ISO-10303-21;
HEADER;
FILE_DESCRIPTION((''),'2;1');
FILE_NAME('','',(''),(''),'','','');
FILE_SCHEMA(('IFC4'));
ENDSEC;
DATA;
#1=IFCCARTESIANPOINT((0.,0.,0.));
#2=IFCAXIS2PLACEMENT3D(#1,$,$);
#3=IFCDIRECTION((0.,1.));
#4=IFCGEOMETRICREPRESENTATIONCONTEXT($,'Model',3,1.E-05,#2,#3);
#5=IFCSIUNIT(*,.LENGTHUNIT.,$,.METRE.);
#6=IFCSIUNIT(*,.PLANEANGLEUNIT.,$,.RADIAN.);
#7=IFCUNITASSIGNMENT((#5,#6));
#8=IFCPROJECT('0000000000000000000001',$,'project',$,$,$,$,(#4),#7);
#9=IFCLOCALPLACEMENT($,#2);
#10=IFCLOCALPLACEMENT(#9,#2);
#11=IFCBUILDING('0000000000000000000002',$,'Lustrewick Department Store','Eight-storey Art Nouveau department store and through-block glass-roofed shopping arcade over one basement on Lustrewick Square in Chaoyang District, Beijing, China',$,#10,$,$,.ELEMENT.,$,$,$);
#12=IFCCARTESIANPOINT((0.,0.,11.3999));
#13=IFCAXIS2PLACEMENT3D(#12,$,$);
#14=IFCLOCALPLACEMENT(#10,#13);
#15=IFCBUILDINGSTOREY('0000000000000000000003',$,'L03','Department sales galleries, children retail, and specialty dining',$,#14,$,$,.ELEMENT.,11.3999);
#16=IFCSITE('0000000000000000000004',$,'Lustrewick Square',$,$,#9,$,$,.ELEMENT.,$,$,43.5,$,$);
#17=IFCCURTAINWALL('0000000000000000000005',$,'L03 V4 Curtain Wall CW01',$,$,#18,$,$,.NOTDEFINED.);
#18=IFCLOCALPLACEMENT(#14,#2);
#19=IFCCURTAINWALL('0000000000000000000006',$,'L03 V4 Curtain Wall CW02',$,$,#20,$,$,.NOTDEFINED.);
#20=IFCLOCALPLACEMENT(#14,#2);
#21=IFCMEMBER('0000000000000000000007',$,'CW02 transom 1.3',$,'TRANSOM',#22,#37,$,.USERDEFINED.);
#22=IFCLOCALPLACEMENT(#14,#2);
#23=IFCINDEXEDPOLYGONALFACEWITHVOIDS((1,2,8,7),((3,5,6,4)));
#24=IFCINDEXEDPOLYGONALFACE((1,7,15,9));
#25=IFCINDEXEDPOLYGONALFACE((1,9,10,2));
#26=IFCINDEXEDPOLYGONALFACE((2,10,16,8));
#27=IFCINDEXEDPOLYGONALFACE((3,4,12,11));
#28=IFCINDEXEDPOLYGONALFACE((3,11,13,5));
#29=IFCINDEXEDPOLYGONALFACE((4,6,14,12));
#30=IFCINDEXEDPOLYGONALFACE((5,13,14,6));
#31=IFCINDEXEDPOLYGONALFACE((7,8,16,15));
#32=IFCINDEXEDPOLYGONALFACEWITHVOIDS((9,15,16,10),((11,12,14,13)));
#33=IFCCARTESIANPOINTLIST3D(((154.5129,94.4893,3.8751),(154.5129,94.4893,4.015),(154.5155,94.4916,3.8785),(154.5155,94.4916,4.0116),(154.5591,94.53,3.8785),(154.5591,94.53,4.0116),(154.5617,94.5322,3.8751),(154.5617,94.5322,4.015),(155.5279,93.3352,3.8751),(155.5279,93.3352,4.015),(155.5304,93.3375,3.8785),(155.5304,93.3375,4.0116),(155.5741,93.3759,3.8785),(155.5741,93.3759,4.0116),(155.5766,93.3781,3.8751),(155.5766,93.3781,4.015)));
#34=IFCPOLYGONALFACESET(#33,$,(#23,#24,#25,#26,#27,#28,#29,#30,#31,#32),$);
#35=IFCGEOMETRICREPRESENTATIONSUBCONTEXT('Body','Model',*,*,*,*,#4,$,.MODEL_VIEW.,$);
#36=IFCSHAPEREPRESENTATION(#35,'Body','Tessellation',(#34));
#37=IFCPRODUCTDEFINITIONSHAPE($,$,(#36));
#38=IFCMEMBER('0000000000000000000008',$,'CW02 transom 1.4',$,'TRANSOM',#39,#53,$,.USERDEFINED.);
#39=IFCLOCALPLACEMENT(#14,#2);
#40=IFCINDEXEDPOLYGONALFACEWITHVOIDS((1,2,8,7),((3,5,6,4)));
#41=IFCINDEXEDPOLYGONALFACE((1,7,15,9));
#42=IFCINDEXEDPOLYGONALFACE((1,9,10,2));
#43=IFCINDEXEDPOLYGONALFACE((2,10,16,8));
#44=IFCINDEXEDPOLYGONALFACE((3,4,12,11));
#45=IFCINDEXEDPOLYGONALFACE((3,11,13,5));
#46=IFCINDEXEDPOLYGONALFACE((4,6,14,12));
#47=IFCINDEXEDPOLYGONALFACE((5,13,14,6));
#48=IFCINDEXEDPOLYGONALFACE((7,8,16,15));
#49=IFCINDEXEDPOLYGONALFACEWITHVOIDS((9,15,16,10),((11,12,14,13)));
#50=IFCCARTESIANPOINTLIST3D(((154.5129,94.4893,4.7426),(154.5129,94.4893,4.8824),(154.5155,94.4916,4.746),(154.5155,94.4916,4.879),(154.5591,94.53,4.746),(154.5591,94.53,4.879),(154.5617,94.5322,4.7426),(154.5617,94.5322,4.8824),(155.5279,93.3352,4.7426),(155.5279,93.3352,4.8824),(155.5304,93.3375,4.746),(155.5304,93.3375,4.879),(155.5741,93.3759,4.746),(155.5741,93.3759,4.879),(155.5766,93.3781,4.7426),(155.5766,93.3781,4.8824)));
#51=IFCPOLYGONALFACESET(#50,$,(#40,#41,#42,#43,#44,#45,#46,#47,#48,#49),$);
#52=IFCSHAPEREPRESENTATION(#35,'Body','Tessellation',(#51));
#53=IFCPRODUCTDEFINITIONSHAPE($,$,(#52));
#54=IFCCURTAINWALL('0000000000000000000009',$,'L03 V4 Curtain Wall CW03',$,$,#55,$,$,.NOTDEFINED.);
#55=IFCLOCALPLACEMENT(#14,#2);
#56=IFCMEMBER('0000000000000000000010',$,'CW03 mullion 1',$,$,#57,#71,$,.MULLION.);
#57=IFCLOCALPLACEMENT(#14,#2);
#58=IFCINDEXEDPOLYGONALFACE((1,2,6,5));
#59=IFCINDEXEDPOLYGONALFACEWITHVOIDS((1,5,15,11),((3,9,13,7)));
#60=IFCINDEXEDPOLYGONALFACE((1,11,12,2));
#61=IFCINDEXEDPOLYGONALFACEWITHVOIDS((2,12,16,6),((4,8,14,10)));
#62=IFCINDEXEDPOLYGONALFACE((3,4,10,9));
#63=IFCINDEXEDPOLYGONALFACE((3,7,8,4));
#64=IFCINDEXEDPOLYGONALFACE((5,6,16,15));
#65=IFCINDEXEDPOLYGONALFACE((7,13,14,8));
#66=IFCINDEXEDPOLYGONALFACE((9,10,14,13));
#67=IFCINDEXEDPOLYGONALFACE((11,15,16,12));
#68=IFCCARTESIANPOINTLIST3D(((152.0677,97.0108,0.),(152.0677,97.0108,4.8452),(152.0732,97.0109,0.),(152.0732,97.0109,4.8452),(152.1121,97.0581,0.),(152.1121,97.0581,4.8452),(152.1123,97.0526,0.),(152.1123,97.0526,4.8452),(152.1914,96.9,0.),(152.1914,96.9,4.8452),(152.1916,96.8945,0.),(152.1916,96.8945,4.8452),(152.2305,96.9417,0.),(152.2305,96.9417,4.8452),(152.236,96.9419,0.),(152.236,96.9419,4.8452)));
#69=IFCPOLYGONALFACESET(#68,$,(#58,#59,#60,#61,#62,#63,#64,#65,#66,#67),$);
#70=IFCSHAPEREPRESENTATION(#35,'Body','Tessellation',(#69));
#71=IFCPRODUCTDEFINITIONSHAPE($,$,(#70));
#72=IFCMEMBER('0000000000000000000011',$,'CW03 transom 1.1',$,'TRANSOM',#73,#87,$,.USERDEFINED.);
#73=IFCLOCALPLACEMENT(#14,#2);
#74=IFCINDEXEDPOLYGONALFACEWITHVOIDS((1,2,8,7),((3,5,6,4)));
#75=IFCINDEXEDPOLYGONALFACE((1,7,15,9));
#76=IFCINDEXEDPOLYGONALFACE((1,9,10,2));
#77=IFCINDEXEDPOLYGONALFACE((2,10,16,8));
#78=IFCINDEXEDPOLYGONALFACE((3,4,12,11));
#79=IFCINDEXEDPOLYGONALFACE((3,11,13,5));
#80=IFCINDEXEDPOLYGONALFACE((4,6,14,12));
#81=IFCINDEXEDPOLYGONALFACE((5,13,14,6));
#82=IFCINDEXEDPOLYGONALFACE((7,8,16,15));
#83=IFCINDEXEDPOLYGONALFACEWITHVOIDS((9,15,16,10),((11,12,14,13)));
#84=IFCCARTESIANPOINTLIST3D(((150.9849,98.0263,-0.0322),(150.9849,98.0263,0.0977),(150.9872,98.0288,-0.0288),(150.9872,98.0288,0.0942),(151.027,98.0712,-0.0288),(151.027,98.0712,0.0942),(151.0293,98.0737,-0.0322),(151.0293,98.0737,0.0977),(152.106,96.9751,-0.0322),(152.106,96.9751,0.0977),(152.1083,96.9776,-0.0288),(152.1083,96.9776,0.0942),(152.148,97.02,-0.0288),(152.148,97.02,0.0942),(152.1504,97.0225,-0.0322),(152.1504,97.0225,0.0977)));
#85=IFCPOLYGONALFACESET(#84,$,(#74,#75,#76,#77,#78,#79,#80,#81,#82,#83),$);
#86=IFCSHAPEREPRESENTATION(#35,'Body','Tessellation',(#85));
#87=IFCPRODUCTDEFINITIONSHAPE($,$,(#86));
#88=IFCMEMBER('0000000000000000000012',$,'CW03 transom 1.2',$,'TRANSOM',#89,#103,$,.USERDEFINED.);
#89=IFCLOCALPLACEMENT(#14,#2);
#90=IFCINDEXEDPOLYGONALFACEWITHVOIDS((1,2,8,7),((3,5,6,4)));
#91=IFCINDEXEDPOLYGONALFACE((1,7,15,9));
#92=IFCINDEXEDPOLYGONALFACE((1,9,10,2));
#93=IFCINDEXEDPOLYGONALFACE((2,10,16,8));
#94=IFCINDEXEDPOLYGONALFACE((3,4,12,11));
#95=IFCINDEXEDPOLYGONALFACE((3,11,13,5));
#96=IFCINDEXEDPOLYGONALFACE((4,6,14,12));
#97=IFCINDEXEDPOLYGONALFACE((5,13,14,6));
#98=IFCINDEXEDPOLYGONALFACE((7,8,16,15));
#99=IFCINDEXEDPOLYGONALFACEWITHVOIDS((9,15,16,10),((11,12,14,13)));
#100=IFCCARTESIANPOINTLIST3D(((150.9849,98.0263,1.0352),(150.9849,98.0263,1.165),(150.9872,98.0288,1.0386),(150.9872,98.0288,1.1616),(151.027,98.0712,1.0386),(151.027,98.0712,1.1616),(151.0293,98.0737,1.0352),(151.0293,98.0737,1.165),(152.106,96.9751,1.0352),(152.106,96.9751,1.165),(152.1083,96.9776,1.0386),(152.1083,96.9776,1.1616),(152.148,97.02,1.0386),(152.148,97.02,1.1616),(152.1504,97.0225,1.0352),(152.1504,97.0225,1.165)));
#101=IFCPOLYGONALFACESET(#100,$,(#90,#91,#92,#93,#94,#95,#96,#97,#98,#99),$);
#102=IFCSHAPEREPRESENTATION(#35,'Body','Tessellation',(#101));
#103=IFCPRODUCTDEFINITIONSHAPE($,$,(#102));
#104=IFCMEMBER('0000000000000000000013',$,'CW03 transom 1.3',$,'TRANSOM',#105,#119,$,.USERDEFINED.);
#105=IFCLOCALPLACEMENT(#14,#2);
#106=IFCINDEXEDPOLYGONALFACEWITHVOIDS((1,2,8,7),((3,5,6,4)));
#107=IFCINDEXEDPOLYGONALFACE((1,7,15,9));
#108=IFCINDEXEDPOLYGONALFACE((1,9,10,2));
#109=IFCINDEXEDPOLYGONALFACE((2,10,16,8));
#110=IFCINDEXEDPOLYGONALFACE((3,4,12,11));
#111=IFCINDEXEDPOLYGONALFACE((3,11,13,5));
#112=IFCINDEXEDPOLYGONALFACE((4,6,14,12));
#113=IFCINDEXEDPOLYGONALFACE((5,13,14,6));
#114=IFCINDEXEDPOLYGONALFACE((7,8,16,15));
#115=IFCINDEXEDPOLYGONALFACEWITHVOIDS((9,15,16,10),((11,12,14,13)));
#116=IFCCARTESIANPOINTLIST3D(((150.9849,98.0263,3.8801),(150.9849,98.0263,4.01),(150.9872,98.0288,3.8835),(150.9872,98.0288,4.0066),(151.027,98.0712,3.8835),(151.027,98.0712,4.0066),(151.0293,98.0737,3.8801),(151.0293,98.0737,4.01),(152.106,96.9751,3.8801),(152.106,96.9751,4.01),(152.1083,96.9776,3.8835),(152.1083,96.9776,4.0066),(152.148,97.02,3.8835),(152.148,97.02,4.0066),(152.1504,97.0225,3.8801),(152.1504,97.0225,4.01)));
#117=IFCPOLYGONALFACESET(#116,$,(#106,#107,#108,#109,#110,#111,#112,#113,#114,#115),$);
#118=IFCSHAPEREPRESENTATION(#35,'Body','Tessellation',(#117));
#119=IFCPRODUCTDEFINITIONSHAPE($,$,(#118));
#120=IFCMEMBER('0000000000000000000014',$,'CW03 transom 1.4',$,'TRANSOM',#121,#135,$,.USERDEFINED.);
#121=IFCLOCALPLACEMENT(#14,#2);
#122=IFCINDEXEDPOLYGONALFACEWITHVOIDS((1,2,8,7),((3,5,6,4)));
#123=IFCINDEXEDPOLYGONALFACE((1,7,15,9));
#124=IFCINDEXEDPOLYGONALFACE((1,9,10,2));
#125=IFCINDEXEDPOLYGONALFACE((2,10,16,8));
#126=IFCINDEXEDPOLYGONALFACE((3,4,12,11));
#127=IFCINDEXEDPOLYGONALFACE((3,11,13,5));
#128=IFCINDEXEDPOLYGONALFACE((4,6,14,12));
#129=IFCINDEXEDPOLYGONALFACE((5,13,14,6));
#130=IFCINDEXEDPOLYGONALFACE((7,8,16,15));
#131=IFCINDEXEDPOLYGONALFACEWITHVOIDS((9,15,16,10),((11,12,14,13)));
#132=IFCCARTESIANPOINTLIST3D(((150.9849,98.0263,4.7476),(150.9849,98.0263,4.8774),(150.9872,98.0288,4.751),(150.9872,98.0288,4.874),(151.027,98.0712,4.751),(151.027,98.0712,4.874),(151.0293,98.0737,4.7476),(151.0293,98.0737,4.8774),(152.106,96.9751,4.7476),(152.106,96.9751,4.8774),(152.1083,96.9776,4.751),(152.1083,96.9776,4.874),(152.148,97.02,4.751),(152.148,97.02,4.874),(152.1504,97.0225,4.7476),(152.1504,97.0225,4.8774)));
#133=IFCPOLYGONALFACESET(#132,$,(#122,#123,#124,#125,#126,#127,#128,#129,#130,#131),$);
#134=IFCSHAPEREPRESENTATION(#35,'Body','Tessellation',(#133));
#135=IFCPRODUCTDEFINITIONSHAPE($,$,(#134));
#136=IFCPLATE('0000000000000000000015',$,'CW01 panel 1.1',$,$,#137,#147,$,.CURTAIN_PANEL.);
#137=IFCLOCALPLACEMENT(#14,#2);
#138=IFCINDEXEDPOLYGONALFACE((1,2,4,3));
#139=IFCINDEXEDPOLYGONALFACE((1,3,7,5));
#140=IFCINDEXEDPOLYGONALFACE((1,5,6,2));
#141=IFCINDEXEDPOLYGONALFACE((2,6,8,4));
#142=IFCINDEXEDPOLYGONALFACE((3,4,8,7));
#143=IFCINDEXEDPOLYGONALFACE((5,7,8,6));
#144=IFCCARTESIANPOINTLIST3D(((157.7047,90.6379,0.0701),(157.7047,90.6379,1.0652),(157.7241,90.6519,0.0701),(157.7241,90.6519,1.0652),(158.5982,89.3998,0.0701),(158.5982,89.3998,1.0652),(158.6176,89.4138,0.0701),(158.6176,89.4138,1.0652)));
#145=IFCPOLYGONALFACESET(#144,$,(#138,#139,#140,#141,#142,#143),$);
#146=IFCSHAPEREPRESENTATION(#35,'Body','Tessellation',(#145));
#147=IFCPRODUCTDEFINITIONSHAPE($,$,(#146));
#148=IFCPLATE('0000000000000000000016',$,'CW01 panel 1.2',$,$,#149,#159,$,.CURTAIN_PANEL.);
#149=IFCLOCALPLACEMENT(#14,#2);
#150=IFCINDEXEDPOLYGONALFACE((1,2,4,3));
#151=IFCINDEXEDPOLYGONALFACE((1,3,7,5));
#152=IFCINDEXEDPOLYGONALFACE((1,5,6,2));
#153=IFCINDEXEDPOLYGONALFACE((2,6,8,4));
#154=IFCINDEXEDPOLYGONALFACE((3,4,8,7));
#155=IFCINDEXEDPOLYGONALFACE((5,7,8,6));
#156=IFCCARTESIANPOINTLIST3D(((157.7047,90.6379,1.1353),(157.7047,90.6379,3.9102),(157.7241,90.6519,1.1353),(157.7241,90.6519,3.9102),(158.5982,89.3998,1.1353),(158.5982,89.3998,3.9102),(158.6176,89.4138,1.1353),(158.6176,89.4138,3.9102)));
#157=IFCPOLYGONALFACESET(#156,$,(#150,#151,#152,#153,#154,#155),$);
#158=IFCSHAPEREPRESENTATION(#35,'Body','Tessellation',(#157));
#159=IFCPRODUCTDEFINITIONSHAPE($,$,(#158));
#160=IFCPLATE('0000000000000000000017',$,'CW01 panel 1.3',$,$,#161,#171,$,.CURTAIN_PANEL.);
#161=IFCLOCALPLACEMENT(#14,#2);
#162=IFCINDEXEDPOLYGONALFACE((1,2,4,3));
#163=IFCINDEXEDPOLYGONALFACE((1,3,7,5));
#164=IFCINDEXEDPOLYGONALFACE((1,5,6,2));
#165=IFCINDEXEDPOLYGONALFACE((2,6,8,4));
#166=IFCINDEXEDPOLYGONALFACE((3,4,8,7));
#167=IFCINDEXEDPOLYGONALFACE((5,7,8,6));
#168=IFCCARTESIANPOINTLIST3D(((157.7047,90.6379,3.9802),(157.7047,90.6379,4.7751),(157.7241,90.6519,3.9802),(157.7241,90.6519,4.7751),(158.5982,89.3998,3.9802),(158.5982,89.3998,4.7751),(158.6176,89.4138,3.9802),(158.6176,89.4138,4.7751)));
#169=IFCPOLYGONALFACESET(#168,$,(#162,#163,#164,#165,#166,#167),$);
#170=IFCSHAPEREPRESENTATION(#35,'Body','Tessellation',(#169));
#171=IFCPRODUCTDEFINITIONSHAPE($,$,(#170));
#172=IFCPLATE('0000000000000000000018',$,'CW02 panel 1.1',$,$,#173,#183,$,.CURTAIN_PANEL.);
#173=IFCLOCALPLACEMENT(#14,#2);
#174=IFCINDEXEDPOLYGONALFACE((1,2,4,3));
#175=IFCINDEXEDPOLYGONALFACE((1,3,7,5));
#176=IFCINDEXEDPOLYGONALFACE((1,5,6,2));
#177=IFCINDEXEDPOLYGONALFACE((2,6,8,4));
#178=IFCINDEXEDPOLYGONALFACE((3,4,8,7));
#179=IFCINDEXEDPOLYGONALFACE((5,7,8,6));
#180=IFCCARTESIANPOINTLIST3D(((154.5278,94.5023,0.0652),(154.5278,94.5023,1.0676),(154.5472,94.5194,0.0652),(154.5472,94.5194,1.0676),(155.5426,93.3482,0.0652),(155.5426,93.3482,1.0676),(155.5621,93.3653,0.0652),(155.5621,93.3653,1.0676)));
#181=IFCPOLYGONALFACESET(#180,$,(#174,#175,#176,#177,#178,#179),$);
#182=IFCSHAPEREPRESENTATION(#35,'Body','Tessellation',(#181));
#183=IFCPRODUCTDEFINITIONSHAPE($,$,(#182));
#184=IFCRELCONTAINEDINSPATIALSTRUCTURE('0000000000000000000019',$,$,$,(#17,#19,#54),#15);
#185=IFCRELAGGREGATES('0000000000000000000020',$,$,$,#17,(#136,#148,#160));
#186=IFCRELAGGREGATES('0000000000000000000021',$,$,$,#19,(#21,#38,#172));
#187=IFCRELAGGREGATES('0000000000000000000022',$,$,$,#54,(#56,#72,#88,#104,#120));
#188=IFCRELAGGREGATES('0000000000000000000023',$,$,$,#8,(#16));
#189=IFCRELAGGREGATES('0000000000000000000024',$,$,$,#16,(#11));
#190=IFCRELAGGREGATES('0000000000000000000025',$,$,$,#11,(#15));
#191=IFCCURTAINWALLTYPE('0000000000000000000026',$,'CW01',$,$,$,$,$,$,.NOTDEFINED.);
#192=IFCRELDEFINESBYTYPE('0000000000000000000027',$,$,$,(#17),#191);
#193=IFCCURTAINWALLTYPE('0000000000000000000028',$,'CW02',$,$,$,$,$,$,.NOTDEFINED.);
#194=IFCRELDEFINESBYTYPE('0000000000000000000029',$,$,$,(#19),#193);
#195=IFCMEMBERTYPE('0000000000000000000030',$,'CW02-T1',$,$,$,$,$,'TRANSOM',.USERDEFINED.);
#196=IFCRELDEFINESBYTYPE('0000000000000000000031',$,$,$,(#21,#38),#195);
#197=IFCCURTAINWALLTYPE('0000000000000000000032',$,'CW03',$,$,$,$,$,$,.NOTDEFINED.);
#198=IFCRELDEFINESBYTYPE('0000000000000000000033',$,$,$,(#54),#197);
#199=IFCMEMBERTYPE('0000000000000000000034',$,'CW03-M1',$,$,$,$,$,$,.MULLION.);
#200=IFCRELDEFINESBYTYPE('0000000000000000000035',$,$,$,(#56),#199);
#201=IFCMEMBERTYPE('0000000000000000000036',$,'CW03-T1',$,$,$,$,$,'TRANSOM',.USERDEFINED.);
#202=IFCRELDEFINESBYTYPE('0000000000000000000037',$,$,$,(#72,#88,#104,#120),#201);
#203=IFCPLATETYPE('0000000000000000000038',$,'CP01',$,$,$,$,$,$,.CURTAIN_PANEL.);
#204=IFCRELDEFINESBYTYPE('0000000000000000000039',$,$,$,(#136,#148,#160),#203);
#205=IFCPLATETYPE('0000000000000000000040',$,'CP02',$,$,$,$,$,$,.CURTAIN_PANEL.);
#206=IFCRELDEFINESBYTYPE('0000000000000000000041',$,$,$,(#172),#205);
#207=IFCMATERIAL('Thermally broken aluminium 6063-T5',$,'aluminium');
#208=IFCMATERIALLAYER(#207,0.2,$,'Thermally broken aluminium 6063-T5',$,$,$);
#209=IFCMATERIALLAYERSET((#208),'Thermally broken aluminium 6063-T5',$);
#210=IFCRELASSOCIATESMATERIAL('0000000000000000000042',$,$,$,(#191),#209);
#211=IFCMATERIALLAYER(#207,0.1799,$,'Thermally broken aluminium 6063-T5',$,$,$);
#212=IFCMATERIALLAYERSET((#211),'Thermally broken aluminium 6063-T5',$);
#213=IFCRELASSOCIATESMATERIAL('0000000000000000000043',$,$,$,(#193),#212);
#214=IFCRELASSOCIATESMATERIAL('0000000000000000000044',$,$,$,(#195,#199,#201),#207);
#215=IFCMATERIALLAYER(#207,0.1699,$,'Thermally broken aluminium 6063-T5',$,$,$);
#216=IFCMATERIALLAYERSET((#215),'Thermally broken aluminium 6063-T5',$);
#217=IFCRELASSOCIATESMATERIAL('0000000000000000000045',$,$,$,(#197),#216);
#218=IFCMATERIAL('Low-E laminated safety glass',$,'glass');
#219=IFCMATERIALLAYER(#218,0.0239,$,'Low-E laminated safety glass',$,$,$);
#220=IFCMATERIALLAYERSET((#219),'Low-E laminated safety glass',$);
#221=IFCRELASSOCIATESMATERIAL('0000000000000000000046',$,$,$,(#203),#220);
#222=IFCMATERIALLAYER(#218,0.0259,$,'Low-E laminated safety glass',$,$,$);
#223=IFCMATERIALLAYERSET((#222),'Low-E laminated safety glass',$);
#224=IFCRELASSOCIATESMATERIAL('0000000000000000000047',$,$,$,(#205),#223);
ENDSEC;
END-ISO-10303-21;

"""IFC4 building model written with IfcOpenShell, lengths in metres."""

from ifc_helpers import new_model, si_unit, direction, frame, origin, origin_2d, place, context, subcontext, project, spatial, rectangle, hollow_rectangle, extrude, material, layer, layer_set, material_profile, profile_set, type_object, element, aggregate, save


model = new_model("IFC4")

# Units and contexts
model_context = context("Model", 3, precision=1e-05, world=origin(), true_north=direction((0.0, 1.0)))
body_context = subcontext(model_context, "Body", "Model", "MODEL_VIEW")
ifc_project = project(units=[si_unit("LENGTHUNIT", "METRE"), si_unit("PLANEANGLEUNIT", "RADIAN")], contexts=[model_context])

# Site, building, storey
site_placement = place(None, origin())
site = spatial("IfcSite", under=ifc_project, at=site_placement, Name="Lustrewick Square", CompositionType="ELEMENT", RefElevation=43.5)
building_placement = place(site_placement, origin())
building = spatial("IfcBuilding", under=site, at=building_placement, Name="Lustrewick Department Store", Description="Eight-storey Art Nouveau department store and through-block glass-roofed shopping arcade over one basement on Lustrewick Square in Chaoyang District, Beijing, China", CompositionType="ELEMENT")
storey_placement = place(building_placement, frame((0.0, 0.0, 11.3999)))
storey = spatial("IfcBuildingStorey", under=building, at=storey_placement, Name="L03", Description="Department sales galleries, children retail, and specialty dining", CompositionType="ELEMENT", Elevation=11.3999)

# Curtain walls, members
ifc_material_1 = material(Name="Thermally broken aluminium 6063-T5", Category="aluminium")
ifc_layer_1 = layer(ifc_material_1, 0.2, Name="Thermally broken aluminium 6063-T5")
ifc_layer_set_1 = layer_set([ifc_layer_1], Name="Thermally broken aluminium 6063-T5")
curtain_wall_type_1 = type_object("IfcCurtainWallType", Name="CW01", PredefinedType="NOTDEFINED", material=ifc_layer_set_1)
curtain_wall_1_placement = place(storey_placement, origin())
curtain_wall_1 = element("IfcCurtainWall", 1, at=curtain_wall_1_placement, inside=storey, type_object=curtain_wall_type_1, Name="L03 V4 Curtain Wall CW01", PredefinedType="NOTDEFINED")
ifc_layer_2 = layer(ifc_material_1, 0.1799, Name="Thermally broken aluminium 6063-T5")
ifc_layer_set_2 = layer_set([ifc_layer_2], Name="Thermally broken aluminium 6063-T5")
curtain_wall_type_2 = type_object("IfcCurtainWallType", Name="CW02", PredefinedType="NOTDEFINED", material=ifc_layer_set_2)
curtain_wall_2_placement = place(storey_placement, origin())
curtain_wall_2 = element("IfcCurtainWall", 2, at=curtain_wall_2_placement, inside=storey, type_object=curtain_wall_type_2, Name="L03 V4 Curtain Wall CW02", PredefinedType="NOTDEFINED")
ifc_material_profile_1 = material_profile(ifc_material_1, hollow_rectangle(XDim=0.0649, YDim=0.1399, WallThickness=0.0034, at=origin_2d()), Name="ALU-T 65x140x3.5")
ifc_profile_set_1 = profile_set([ifc_material_profile_1], Name="Thermally broken aluminium 6063-T5")
member_type_1 = type_object("IfcMemberType", Name="CW02-T1", ElementType="TRANSOM", PredefinedType="USERDEFINED", material=ifc_profile_set_1)
member_1_placement = place(storey_placement, frame((155.5522, 93.3567, 3.9451), z_axis=(-0.660381, 0.750931, 0.0), x_axis=(-0.750931, -0.660381, 0.0)))
member_1 = element("IfcMember", 3, at=member_1_placement, type_object=member_type_1, Name="CW02 transom 1.3", ObjectType="TRANSOM", PredefinedType="USERDEFINED", context=body_context, shape_type="SweptSolid", body=[
    extrude(hollow_rectangle(XDim=0.0649, YDim=0.1399, WallThickness=0.0034, at=origin_2d()), origin(), (0.0, 0.0, 1.0), 1.5369),
])
member_2_placement = place(storey_placement, frame((155.5522, 93.3567, 4.8125), z_axis=(-0.660381, 0.750931, 0.0), x_axis=(-0.750931, -0.660381, 0.0)))
member_2 = element("IfcMember", 4, at=member_2_placement, type_object=member_type_1, Name="CW02 transom 1.4", ObjectType="TRANSOM", PredefinedType="USERDEFINED", context=body_context, shape_type="SweptSolid", body=[
    extrude(hollow_rectangle(XDim=0.0649, YDim=0.1399, WallThickness=0.0034, at=origin_2d()), origin(), (0.0, 0.0, 1.0), 1.5369),
])
ifc_layer_3 = layer(ifc_material_1, 0.1699, Name="Thermally broken aluminium 6063-T5")
ifc_layer_set_3 = layer_set([ifc_layer_3], Name="Thermally broken aluminium 6063-T5")
curtain_wall_type_3 = type_object("IfcCurtainWallType", Name="CW03", PredefinedType="NOTDEFINED", material=ifc_layer_set_3)
curtain_wall_3_placement = place(storey_placement, origin())
curtain_wall_3 = element("IfcCurtainWall", 5, at=curtain_wall_3_placement, inside=storey, type_object=curtain_wall_type_3, Name="L03 V4 Curtain Wall CW03", PredefinedType="NOTDEFINED")
ifc_material_profile_2 = material_profile(ifc_material_1, hollow_rectangle(XDim=0.0649, YDim=0.1699, WallThickness=0.0039, at=origin_2d()), Name="ALU-M 65x170x4")
ifc_profile_set_2 = profile_set([ifc_material_profile_2], Name="Thermally broken aluminium 6063-T5")
member_type_2 = type_object("IfcMemberType", Name="CW03-M1", PredefinedType="MULLION", material=ifc_profile_set_2)
member_3_placement = place(storey_placement, frame((152.1519, 96.9763, 0.0), z_axis=(0.0, 0.0, 1.0), x_axis=(-0.684067, -0.729419, 0.0)))
member_3 = element("IfcMember", 6, at=member_3_placement, type_object=member_type_2, Name="CW03 mullion 1", PredefinedType="MULLION", context=body_context, shape_type="SweptSolid", body=[
    extrude(hollow_rectangle(XDim=0.0649, YDim=0.1699, WallThickness=0.0039, at=origin_2d()), origin(), (0.0, 0.0, 1.0), 4.8452),
])
ifc_material_profile_3 = material_profile(ifc_material_1, hollow_rectangle(XDim=0.0649, YDim=0.1299, WallThickness=0.0034, at=origin_2d()), Name="ALU-T 65x130x3.5")
ifc_profile_set_3 = profile_set([ifc_material_profile_3], Name="Thermally broken aluminium 6063-T5")
member_type_3 = type_object("IfcMemberType", Name="CW03-T1", ElementType="TRANSOM", PredefinedType="USERDEFINED", material=ifc_profile_set_3)
member_4_placement = place(storey_placement, frame((152.1282, 96.9988, 0.0327), z_axis=(-0.729458, 0.684026, 0.0), x_axis=(-0.684026, -0.729458, 0.0)))
member_4 = element("IfcMember", 7, at=member_4_placement, type_object=member_type_3, Name="CW03 transom 1.1", ObjectType="TRANSOM", PredefinedType="USERDEFINED", context=body_context, shape_type="SweptSolid", body=[
    extrude(hollow_rectangle(XDim=0.0649, YDim=0.1299, WallThickness=0.0034, at=origin_2d()), origin(), (0.0, 0.0, 1.0), 1.5369),
])
member_5_placement = place(storey_placement, frame((152.1282, 96.9988, 1.1001), z_axis=(-0.729458, 0.684026, 0.0), x_axis=(-0.684026, -0.729458, 0.0)))
member_5 = element("IfcMember", 8, at=member_5_placement, type_object=member_type_3, Name="CW03 transom 1.2", ObjectType="TRANSOM", PredefinedType="USERDEFINED", context=body_context, shape_type="SweptSolid", body=[
    extrude(hollow_rectangle(XDim=0.0649, YDim=0.1299, WallThickness=0.0034, at=origin_2d()), origin(), (0.0, 0.0, 1.0), 1.5369),
])
member_6_placement = place(storey_placement, frame((152.1282, 96.9988, 3.9451), z_axis=(-0.729458, 0.684026, 0.0), x_axis=(-0.684026, -0.729458, 0.0)))
member_6 = element("IfcMember", 9, at=member_6_placement, type_object=member_type_3, Name="CW03 transom 1.3", ObjectType="TRANSOM", PredefinedType="USERDEFINED", context=body_context, shape_type="SweptSolid", body=[
    extrude(hollow_rectangle(XDim=0.0649, YDim=0.1299, WallThickness=0.0034, at=origin_2d()), origin(), (0.0, 0.0, 1.0), 1.5369),
])
member_7_placement = place(storey_placement, frame((152.1282, 96.9988, 4.8125), z_axis=(-0.729458, 0.684026, 0.0), x_axis=(-0.684026, -0.729458, 0.0)))
member_7 = element("IfcMember", 10, at=member_7_placement, type_object=member_type_3, Name="CW03 transom 1.4", ObjectType="TRANSOM", PredefinedType="USERDEFINED", context=body_context, shape_type="SweptSolid", body=[
    extrude(hollow_rectangle(XDim=0.0649, YDim=0.1299, WallThickness=0.0034, at=origin_2d()), origin(), (0.0, 0.0, 1.0), 1.5369),
])

# Plates
ifc_material_2 = material(Name="Low-E laminated safety glass", Category="glass")
ifc_layer_4 = layer(ifc_material_2, 0.0239, Name="Low-E laminated safety glass")
ifc_layer_set_4 = layer_set([ifc_layer_4], Name="Low-E laminated safety glass")
plate_type_1 = type_object("IfcPlateType", Name="CP01", PredefinedType="CURTAIN_PANEL", material=ifc_layer_set_4)
plate_1_placement = place(storey_placement, frame((158.1611, 90.0259, 0.0701), z_axis=(0.0, 0.0, 1.0), x_axis=(-0.585232, 0.810866, 0.0)))
plate_1 = element("IfcPlate", 11, at=plate_1_placement, type_object=plate_type_1, Name="CW01 panel 1.1", PredefinedType="CURTAIN_PANEL", context=body_context, shape_type="SweptSolid", body=[
    extrude(rectangle(XDim=1.5269, YDim=0.0239, at=origin_2d()), origin(), (0.0, 0.0, 1.0), 0.9951),
])
plate_2_placement = place(storey_placement, frame((158.1611, 90.0259, 1.1353), z_axis=(0.0, 0.0, 1.0), x_axis=(-0.585232, 0.810866, 0.0)))
plate_2 = element("IfcPlate", 12, at=plate_2_placement, type_object=plate_type_1, Name="CW01 panel 1.2", PredefinedType="CURTAIN_PANEL", context=body_context, shape_type="SweptSolid", body=[
    extrude(rectangle(XDim=1.5269, YDim=0.0239, at=origin_2d()), origin(), (0.0, 0.0, 1.0), 2.7749),
])
plate_3_placement = place(storey_placement, frame((158.1611, 90.0259, 3.9802), z_axis=(0.0, 0.0, 1.0), x_axis=(-0.585232, 0.810866, 0.0)))
plate_3 = element("IfcPlate", 13, at=plate_3_placement, type_object=plate_type_1, Name="CW01 panel 1.3", PredefinedType="CURTAIN_PANEL", context=body_context, shape_type="SweptSolid", body=[
    extrude(rectangle(XDim=1.5269, YDim=0.0239, at=origin_2d()), origin(), (0.0, 0.0, 1.0), 0.7949),
])
aggregate(curtain_wall_1, [plate_1, plate_2, plate_3])
ifc_layer_5 = layer(ifc_material_2, 0.0259, Name="Low-E laminated safety glass")
ifc_layer_set_5 = layer_set([ifc_layer_5], Name="Low-E laminated safety glass")
plate_type_2 = type_object("IfcPlateType", Name="CP02", PredefinedType="CURTAIN_PANEL", material=ifc_layer_set_5)
plate_4_placement = place(storey_placement, frame((155.0449, 93.9338, 0.0652), z_axis=(0.0, 0.0, 1.0), x_axis=(-0.660359, 0.75095, 0.0)))
plate_4 = element("IfcPlate", 14, at=plate_4_placement, type_object=plate_type_2, Name="CW02 panel 1.1", PredefinedType="CURTAIN_PANEL", context=body_context, shape_type="SweptSolid", body=[
    extrude(rectangle(XDim=1.5369, YDim=0.0259, at=origin_2d()), origin(), (0.0, 0.0, 1.0), 1.0024),
])
aggregate(curtain_wall_2, [member_1, member_2, plate_4])
aggregate(curtain_wall_3, [member_3, member_4, member_5, member_6, member_7])

save(model, "model.ifc")
